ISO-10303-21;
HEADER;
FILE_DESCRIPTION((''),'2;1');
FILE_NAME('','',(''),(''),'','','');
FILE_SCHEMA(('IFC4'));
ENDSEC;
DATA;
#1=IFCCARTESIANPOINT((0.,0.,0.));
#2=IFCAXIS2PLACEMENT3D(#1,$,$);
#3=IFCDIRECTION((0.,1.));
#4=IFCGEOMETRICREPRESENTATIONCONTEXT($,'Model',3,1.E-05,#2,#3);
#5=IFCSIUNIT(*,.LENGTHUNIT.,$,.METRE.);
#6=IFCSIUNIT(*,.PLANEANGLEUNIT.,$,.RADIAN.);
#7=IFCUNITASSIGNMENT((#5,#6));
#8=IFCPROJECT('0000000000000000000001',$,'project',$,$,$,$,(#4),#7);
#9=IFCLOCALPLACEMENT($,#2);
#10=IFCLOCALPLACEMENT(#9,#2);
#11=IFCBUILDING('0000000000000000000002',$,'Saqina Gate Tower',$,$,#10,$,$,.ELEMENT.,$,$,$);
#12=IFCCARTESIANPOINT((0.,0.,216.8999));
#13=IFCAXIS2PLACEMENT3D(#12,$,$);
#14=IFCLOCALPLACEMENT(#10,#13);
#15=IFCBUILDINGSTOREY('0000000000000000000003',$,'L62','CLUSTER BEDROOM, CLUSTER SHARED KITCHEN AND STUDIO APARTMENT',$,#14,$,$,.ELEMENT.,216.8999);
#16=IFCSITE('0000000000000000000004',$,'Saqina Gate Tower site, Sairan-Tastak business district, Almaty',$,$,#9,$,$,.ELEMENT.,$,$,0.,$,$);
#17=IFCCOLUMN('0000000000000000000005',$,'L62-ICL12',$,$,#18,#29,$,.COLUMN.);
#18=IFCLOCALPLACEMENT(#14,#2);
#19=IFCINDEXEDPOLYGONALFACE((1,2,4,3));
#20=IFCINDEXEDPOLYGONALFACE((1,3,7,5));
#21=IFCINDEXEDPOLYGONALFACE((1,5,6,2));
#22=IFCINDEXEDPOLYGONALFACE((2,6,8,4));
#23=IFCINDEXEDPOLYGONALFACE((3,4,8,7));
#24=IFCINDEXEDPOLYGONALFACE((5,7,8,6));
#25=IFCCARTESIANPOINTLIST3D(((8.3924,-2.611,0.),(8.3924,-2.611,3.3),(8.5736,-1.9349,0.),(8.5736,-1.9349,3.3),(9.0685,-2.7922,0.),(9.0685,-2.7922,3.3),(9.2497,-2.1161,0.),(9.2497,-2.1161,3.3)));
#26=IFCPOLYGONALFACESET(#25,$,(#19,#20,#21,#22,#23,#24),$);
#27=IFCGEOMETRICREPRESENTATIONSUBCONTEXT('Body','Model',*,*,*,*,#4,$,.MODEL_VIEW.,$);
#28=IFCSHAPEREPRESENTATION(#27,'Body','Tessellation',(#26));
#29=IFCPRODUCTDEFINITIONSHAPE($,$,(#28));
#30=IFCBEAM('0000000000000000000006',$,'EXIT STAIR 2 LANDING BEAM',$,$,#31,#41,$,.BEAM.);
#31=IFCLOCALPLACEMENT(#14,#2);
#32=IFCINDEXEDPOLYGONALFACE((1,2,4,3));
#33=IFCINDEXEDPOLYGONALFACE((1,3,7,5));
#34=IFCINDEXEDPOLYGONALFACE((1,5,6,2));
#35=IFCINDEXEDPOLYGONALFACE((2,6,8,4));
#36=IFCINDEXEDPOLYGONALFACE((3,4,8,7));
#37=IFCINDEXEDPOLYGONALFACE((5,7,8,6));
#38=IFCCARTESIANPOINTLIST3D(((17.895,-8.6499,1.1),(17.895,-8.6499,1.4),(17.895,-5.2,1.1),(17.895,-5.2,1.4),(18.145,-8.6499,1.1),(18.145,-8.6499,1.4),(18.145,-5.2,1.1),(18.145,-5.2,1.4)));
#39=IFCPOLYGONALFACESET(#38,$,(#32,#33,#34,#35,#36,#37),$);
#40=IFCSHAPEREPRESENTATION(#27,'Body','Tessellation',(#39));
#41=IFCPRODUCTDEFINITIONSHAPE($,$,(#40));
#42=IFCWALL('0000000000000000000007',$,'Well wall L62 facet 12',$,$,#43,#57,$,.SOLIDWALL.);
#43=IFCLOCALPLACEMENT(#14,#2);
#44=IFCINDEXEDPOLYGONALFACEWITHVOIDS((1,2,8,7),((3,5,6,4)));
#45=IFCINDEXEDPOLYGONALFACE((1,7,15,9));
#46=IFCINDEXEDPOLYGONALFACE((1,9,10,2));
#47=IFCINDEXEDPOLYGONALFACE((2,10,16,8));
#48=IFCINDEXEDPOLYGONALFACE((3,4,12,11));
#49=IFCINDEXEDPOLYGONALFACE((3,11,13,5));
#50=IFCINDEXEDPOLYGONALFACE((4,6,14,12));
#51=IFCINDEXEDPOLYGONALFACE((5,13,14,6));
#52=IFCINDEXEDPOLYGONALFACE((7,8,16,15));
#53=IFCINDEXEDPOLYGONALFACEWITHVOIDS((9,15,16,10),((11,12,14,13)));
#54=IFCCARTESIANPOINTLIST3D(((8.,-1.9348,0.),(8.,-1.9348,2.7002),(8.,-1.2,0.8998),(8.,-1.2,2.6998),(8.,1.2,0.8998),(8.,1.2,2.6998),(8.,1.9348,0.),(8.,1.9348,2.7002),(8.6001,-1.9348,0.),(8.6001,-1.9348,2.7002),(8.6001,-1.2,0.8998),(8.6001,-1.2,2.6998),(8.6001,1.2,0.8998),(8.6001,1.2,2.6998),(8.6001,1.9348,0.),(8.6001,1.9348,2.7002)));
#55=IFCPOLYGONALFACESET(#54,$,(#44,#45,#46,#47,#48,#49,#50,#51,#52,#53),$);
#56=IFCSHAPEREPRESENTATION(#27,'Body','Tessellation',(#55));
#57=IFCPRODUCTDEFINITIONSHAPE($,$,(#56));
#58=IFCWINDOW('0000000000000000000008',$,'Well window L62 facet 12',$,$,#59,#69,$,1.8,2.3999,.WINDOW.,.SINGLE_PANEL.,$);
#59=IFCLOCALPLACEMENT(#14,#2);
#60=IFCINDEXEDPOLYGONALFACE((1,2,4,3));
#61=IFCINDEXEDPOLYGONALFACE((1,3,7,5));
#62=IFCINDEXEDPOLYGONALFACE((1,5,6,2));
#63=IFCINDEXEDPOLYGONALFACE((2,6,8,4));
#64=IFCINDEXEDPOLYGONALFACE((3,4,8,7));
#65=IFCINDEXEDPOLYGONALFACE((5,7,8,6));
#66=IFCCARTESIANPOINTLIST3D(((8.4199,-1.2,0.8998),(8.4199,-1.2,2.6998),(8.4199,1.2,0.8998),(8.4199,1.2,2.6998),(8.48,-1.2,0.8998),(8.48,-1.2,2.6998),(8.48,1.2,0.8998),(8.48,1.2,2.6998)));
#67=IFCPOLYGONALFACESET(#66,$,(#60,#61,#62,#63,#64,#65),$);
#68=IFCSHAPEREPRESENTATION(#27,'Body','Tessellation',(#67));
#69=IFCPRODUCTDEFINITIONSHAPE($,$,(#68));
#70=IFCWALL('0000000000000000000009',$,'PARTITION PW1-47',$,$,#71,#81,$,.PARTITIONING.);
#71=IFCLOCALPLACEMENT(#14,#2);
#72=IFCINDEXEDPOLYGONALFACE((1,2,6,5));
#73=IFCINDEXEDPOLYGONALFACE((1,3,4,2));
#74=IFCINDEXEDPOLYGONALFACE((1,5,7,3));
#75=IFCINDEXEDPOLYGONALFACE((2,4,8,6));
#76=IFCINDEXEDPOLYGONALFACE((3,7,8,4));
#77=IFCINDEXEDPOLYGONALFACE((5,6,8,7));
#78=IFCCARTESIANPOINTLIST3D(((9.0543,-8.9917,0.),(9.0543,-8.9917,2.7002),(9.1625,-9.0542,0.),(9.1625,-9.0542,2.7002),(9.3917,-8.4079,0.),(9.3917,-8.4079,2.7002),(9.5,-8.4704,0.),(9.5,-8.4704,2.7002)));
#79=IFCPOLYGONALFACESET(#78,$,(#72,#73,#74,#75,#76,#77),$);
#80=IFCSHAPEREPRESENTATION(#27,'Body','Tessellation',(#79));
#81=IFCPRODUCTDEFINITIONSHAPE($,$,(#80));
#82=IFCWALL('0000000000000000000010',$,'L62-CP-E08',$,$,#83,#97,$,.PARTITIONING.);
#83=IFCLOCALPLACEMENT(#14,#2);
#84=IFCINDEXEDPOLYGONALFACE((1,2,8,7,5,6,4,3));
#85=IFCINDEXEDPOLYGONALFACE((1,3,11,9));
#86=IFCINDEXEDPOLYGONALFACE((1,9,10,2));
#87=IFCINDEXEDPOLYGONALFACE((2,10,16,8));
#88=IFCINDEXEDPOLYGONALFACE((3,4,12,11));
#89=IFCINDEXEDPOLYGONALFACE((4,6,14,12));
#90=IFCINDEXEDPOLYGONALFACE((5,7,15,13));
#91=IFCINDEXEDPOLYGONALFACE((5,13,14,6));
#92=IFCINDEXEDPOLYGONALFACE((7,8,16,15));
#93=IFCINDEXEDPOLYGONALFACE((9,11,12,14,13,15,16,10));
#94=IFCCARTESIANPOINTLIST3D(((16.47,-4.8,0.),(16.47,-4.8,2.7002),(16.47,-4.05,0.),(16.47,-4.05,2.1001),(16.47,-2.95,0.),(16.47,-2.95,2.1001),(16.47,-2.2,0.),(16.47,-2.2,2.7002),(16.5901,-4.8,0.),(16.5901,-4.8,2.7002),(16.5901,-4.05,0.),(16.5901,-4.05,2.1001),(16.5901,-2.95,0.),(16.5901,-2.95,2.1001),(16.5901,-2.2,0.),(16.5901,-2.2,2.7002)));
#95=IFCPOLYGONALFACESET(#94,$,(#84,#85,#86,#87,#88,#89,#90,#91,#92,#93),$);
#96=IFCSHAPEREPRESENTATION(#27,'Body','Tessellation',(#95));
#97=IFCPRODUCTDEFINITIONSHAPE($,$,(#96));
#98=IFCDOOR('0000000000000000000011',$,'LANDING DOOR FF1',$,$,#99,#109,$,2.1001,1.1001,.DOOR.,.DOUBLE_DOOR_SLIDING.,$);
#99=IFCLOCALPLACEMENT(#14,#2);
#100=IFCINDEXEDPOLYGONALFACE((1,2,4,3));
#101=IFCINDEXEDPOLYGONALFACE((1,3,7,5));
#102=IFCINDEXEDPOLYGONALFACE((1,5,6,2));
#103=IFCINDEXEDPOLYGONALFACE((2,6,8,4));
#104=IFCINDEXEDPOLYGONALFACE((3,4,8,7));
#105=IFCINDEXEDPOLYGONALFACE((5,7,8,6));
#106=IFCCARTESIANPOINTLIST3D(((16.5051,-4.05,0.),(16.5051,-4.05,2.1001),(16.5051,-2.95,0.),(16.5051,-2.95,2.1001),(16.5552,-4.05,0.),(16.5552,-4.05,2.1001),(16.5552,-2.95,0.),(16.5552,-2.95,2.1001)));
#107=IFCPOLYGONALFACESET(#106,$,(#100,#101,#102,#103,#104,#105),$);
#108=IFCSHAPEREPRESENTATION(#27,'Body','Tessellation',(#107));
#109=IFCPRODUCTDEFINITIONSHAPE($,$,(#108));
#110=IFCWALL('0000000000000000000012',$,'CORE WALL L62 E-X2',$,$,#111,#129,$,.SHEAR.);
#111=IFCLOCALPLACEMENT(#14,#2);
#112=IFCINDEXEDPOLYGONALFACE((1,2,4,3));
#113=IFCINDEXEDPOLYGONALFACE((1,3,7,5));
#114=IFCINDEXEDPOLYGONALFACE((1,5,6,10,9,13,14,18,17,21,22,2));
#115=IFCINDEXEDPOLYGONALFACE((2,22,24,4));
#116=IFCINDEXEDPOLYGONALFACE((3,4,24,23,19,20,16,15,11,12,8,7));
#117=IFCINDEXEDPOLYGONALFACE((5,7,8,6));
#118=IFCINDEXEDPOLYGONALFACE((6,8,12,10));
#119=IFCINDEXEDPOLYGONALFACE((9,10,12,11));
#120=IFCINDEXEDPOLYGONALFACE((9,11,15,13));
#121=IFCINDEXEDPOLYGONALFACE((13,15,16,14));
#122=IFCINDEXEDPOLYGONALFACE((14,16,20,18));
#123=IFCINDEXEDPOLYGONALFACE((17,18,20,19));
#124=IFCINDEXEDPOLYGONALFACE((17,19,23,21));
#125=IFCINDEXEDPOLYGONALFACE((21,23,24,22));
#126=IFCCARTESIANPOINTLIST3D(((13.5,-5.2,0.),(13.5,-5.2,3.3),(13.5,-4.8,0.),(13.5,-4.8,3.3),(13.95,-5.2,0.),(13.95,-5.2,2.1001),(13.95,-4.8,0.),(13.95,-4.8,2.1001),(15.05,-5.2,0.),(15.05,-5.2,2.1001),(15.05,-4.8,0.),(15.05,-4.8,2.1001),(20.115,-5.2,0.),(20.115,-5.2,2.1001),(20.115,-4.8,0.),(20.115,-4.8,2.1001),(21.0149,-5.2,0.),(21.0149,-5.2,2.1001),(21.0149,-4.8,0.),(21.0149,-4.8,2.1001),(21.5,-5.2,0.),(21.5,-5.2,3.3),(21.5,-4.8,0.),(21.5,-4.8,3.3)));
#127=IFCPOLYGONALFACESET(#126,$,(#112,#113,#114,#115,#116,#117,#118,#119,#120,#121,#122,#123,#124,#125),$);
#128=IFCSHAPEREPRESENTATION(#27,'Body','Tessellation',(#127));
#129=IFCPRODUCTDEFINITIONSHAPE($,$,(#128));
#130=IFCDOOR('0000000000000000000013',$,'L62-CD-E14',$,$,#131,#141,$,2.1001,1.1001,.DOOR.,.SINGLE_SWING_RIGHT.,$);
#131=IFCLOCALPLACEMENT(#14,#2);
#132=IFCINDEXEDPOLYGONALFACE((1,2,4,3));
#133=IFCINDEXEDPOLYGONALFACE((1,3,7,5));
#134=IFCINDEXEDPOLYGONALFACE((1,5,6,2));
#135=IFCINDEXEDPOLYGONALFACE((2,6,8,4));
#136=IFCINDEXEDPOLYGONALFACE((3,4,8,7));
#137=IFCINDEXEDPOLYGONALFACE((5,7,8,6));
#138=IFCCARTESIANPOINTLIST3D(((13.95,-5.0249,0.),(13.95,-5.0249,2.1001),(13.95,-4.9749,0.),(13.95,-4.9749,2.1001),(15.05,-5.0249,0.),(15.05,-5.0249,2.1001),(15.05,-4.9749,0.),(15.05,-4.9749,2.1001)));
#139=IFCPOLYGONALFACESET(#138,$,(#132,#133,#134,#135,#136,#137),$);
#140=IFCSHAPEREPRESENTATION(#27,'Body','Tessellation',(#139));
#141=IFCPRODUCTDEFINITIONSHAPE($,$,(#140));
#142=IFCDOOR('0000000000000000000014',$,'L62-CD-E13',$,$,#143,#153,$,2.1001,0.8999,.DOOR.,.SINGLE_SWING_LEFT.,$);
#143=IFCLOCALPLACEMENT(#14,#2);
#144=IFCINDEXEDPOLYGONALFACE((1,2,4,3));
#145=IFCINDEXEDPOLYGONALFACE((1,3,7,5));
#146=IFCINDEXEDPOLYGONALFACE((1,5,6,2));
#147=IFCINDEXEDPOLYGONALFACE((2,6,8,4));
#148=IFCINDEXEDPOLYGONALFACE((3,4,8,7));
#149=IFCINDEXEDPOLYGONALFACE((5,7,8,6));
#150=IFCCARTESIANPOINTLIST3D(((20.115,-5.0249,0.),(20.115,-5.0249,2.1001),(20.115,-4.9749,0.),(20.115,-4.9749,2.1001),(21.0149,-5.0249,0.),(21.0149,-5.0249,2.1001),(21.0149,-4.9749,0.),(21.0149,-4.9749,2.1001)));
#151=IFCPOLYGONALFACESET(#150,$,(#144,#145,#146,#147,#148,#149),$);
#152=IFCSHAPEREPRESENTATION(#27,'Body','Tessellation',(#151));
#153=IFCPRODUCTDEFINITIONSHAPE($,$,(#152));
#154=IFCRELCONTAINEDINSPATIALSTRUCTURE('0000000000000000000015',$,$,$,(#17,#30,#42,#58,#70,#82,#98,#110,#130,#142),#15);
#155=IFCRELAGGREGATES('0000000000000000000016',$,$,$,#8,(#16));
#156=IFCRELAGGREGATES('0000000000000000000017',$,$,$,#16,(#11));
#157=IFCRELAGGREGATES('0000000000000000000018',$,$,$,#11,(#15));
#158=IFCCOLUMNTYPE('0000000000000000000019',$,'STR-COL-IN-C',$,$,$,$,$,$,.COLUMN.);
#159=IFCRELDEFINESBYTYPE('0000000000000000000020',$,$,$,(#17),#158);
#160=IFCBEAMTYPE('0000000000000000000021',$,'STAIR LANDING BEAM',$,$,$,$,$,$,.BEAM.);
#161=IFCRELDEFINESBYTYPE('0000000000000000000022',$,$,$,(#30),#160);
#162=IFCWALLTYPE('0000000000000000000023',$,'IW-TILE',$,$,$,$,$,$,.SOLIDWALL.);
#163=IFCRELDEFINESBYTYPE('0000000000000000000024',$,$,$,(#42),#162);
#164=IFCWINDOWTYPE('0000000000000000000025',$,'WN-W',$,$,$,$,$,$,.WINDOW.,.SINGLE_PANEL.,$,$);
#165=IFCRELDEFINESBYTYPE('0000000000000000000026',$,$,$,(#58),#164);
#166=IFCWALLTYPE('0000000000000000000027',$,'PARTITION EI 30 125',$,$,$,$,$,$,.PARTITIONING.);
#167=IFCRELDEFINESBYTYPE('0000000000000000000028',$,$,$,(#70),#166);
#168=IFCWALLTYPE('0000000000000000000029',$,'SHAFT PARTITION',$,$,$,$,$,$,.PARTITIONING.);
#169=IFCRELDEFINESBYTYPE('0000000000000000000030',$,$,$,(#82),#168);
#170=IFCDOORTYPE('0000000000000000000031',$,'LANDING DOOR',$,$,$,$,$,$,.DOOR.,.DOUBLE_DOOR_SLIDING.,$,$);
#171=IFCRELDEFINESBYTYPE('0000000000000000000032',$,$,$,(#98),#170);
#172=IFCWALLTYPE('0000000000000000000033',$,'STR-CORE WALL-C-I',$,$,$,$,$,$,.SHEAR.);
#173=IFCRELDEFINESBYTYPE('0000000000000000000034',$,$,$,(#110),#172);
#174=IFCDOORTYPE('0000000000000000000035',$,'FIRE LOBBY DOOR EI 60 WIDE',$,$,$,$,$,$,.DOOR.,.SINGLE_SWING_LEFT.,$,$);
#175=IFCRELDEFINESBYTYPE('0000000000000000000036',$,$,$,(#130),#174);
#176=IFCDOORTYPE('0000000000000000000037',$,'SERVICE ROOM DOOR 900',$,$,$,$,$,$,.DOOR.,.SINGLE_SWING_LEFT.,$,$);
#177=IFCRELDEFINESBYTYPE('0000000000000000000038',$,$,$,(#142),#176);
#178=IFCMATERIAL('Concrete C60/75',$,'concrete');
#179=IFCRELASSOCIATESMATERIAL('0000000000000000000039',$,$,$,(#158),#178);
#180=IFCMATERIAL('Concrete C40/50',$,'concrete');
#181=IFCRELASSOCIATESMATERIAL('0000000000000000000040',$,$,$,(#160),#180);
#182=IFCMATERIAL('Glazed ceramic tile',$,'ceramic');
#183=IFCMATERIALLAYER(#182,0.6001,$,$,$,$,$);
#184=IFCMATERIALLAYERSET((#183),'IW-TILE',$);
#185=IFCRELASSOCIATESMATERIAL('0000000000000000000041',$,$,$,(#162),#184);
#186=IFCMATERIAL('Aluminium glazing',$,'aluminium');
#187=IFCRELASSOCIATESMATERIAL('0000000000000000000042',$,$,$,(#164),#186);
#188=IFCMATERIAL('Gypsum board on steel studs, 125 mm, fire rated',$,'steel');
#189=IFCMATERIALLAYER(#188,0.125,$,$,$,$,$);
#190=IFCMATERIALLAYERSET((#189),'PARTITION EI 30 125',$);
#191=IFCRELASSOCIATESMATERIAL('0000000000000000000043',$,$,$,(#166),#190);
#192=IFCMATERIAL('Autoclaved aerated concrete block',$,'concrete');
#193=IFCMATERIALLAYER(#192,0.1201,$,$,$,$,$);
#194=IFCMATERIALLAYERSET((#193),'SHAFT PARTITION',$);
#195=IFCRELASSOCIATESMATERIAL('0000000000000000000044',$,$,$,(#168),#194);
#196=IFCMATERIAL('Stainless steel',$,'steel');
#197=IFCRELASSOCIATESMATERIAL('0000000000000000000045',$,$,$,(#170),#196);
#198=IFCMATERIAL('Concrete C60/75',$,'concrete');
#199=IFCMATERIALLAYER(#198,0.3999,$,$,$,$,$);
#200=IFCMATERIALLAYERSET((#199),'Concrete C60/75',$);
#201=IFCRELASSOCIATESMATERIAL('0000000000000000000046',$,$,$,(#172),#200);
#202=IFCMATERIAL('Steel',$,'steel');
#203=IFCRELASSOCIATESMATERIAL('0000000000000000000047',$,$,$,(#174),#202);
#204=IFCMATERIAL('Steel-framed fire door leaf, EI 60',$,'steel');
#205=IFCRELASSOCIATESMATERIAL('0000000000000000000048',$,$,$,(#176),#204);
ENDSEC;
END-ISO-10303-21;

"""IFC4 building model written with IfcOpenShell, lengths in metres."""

from ifc_helpers import new_model, si_unit, direction, frame, frame_2d, origin, origin_2d, place, context, subcontext, project, spatial, rectangle, extrude, material, layer, layer_set, material_profile, profile_set, type_object, element, fill, save


model = new_model("IFC4")

# Units and contexts
model_context = context("Model", 3, precision=1e-05, world=origin(), true_north=direction((0.0, 1.0)))
body_context = subcontext(model_context, "Body", "Model", "MODEL_VIEW")
ifc_project = project(units=[si_unit("LENGTHUNIT", "METRE"), si_unit("PLANEANGLEUNIT", "RADIAN")], contexts=[model_context])

# Site, building, storey
site_placement = place(None, origin())
site = spatial("IfcSite", under=ifc_project, at=site_placement, Name="Saqina Gate Tower site, Sairan-Tastak business district, Almaty", CompositionType="ELEMENT", RefElevation=0.0)
building_placement = place(site_placement, origin())
building = spatial("IfcBuilding", under=site, at=building_placement, Name="Saqina Gate Tower", CompositionType="ELEMENT")
storey_placement = place(building_placement, frame((0.0, 0.0, 216.8999)))
storey = spatial("IfcBuildingStorey", under=building, at=storey_placement, Name="L62", Description="CLUSTER BEDROOM, CLUSTER SHARED KITCHEN AND STUDIO APARTMENT", CompositionType="ELEMENT", Elevation=216.8999)

# Column
ifc_material_1 = material(Name="Concrete C60/75", Category="concrete")
ifc_material_profile_1 = material_profile(ifc_material_1, rectangle(XDim=0.7, YDim=0.7, at=origin_2d()), Name="RC 700x700")
ifc_profile_set_1 = profile_set([ifc_material_profile_1], Name="Concrete C60/75")
column_type = type_object("IfcColumnType", Name="STR-COL-IN-C", PredefinedType="COLUMN", material=ifc_profile_set_1)
column_placement = place(storey_placement, frame((8.821, -2.3635, 0.0), z_axis=(0.0, 0.0, 1.0), x_axis=(0.965926, -0.258819, 0.0)))
element("IfcColumn", 1, at=column_placement, inside=storey, type_object=column_type, Name="L62-ICL12", PredefinedType="COLUMN", context=body_context, shape_type="SweptSolid", body=[
    extrude(rectangle(XDim=0.7, YDim=0.7, at=origin_2d()), origin(), (0.0, 0.0, 1.0), 3.3),
])

# Beam
ifc_material_2 = material(Name="Concrete C40/50", Category="concrete")
ifc_material_profile_2 = material_profile(ifc_material_2, rectangle(XDim=0.25, YDim=0.3, at=origin_2d()), Name="STAIR LANDING BEAM")
ifc_profile_set_2 = profile_set([ifc_material_profile_2], Name="Concrete C40/50")
beam_type = type_object("IfcBeamType", Name="STAIR LANDING BEAM", PredefinedType="BEAM", material=ifc_profile_set_2)
beam_placement = place(storey_placement, frame((18.02, -8.6499, 1.25), z_axis=(0.0, 1.0, 0.0), x_axis=(-1.0, 0.0, 0.0)))
element("IfcBeam", 2, at=beam_placement, inside=storey, type_object=beam_type, Name="EXIT STAIR 2 LANDING BEAM", PredefinedType="BEAM", context=body_context, shape_type="SweptSolid", body=[
    extrude(rectangle(XDim=0.25, YDim=0.3, at=origin_2d()), origin(), (0.0, 0.0, 1.0), 3.45),
])

# Wall, opening, window
ifc_material_3 = material(Name="Glazed ceramic tile", Category="ceramic")
ifc_layer_1 = layer(ifc_material_3, 0.6001)
ifc_layer_set_1 = layer_set([ifc_layer_1], Name="IW-TILE")
wall_type_1 = type_object("IfcWallType", Name="IW-TILE", PredefinedType="SOLIDWALL", material=ifc_layer_set_1)
wall_1_placement = place(storey_placement, frame((8.3, -1.9348, 0.0), z_axis=(0.0, 0.0, 1.0), x_axis=(0.0, 1.0, 0.0)))
wall_1 = element("IfcWall", 3, at=wall_1_placement, inside=storey, type_object=wall_type_1, Name="Well wall L62 facet 12", PredefinedType="SOLIDWALL", context=body_context, shape_type="SweptSolid", body=[
    extrude(rectangle(XDim=3.8696, YDim=0.6001, at=frame_2d((1.9348, 0.0))), origin(), (0.0, 0.0, 1.0), 2.7002),
])
opening_1_placement = place(wall_1_placement, frame((0.7349, 0.0, 0.8999)))
opening_1 = element("IfcOpeningElement", 4, at=opening_1_placement, cuts=wall_1, PredefinedType="OPENING", context=body_context, shape_type="SweptSolid", body=[
    extrude(rectangle(XDim=2.3999, YDim=1.8, at=frame_2d((1.2, 0.8999))), frame((0.0, 0.312, 0.0), z_axis=(0.0, -1.0, 0.0), x_axis=(1.0, 0.0, 0.0)), (0.0, 0.0, 1.0), 0.624),
])
ifc_material_4 = material(Name="Aluminium glazing", Category="aluminium")
window_type = type_object("IfcWindowType", Name="WN-W", PartitioningType="SINGLE_PANEL", PredefinedType="WINDOW", material=ifc_material_4)
window_placement = place(opening_1_placement, origin())
window = element("IfcWindow", 5, at=window_placement, inside=storey, type_object=window_type, Name="Well window L62 facet 12", OverallHeight=1.8, OverallWidth=2.3999, PartitioningType="SINGLE_PANEL", PredefinedType="WINDOW", context=body_context, shape_type="SweptSolid", body=[
    extrude(rectangle(XDim=2.3999, YDim=1.8, at=frame_2d((1.2, 0.8999))), frame((0.0, -0.1199, 0.0), z_axis=(0.0, -1.0, 0.0), x_axis=(1.0, 0.0, 0.0)), (0.0, 0.0, 1.0), 0.0601),
])
fill(opening_1, window)

# Wall
ifc_material_5 = material(Name="Gypsum board on steel studs, 125 mm, fire rated", Category="steel")
ifc_layer_2 = layer(ifc_material_5, 0.125)
ifc_layer_set_2 = layer_set([ifc_layer_2], Name="PARTITION EI 30 125")
wall_type_2 = type_object("IfcWallType", Name="PARTITION EI 30 125", PredefinedType="PARTITIONING", material=ifc_layer_set_2)
wall_2_placement = place(storey_placement, frame((9.1084, -9.0229, 0.0), z_axis=(0.0, 0.0, 1.0), x_axis=(0.500422, 0.865781, 0.0)))
element("IfcWall", 6, at=wall_2_placement, inside=storey, type_object=wall_type_2, Name="PARTITION PW1-47", PredefinedType="PARTITIONING", context=body_context, shape_type="SweptSolid", body=[
    extrude(rectangle(XDim=0.6743, YDim=0.125, at=frame_2d((0.3372, 0.0))), origin(), (0.0, 0.0, 1.0), 2.7002),
])

# Wall, opening, door
ifc_material_6 = material(Name="Autoclaved aerated concrete block", Category="concrete")
ifc_layer_3 = layer(ifc_material_6, 0.1201)
ifc_layer_set_3 = layer_set([ifc_layer_3], Name="SHAFT PARTITION")
wall_type_3 = type_object("IfcWallType", Name="SHAFT PARTITION", PredefinedType="PARTITIONING", material=ifc_layer_set_3)
wall_3_placement = place(storey_placement, frame((16.53, -4.8, 0.0), z_axis=(0.0, 0.0, 1.0), x_axis=(0.0, 1.0, 0.0)))
wall_3 = element("IfcWall", 7, at=wall_3_placement, inside=storey, type_object=wall_type_3, Name="L62-CP-E08", PredefinedType="PARTITIONING", context=body_context, shape_type="SweptSolid", body=[
    extrude(rectangle(XDim=2.6001, YDim=0.1201, at=frame_2d((1.3, 0.0))), origin(), (0.0, 0.0, 1.0), 2.7002),
])
opening_2_placement = place(wall_3_placement, frame((0.75, 0.0, 0.0)))
opening_2 = element("IfcOpeningElement", 8, at=opening_2_placement, cuts=wall_3, PredefinedType="OPENING", context=body_context, shape_type="SweptSolid", body=[
    extrude(rectangle(XDim=1.1001, YDim=2.1001, at=frame_2d((0.55, 1.05))), frame((0.0, 0.072, 0.0), z_axis=(0.0, -1.0, 0.0), x_axis=(1.0, 0.0, 0.0)), (0.0, 0.0, 1.0), 0.144),
])
ifc_material_7 = material(Name="Stainless steel", Category="steel")
door_type_1 = type_object("IfcDoorType", Name="LANDING DOOR", OperationType="DOUBLE_DOOR_SLIDING", PredefinedType="DOOR", material=ifc_material_7)
door_1_placement = place(opening_2_placement, origin())
door_1 = element("IfcDoor", 9, at=door_1_placement, inside=storey, type_object=door_type_1, Name="LANDING DOOR FF1", OperationType="DOUBLE_DOOR_SLIDING", OverallHeight=2.1001, OverallWidth=1.1001, PredefinedType="DOOR", context=body_context, shape_type="SweptSolid", body=[
    extrude(rectangle(XDim=1.1001, YDim=2.1001, at=frame_2d((0.55, 1.05))), frame((0.0, 0.0249, 0.0), z_axis=(0.0, -1.0, 0.0), x_axis=(1.0, 0.0, 0.0)), (0.0, 0.0, 1.0), 0.05),
])
fill(opening_2, door_1)

# Wall, openings, doors
ifc_material_8 = material(Name="Concrete C60/75", Category="concrete")
ifc_layer_4 = layer(ifc_material_8, 0.3999)
ifc_layer_set_4 = layer_set([ifc_layer_4], Name="Concrete C60/75")
wall_type_4 = type_object("IfcWallType", Name="STR-CORE WALL-C-I", PredefinedType="SHEAR", material=ifc_layer_set_4)
wall_4_placement = place(storey_placement, frame((13.5, -5.0, 0.0), z_axis=(0.0, 0.0, 1.0), x_axis=(1.0, 0.0, 0.0)))
wall_4 = element("IfcWall", 10, at=wall_4_placement, inside=storey, type_object=wall_type_4, Name="CORE WALL L62 E-X2", PredefinedType="SHEAR", context=body_context, shape_type="SweptSolid", body=[
    extrude(rectangle(XDim=8.0, YDim=0.3999, at=frame_2d((4.0, 0.0))), origin(), (0.0, 0.0, 1.0), 3.3),
])
opening_3_placement = place(wall_4_placement, frame((6.615, 0.0, 0.0)))
opening_3 = element("IfcOpeningElement", 11, at=opening_3_placement, cuts=wall_4, PredefinedType="OPENING", context=body_context, shape_type="SweptSolid", body=[
    extrude(rectangle(XDim=0.8999, YDim=2.1001, at=frame_2d((0.45, 1.05))), frame((0.0, 0.2119, 0.0), z_axis=(0.0, -1.0, 0.0), x_axis=(1.0, 0.0, 0.0)), (0.0, 0.0, 1.0), 0.4238),
])
opening_4_placement = place(wall_4_placement, frame((0.45, 0.0, 0.0)))
opening_4 = element("IfcOpeningElement", 12, at=opening_4_placement, cuts=wall_4, PredefinedType="OPENING", context=body_context, shape_type="SweptSolid", body=[
    extrude(rectangle(XDim=1.1001, YDim=2.1001, at=frame_2d((0.55, 1.05))), frame((0.0, 0.2119, 0.0), z_axis=(0.0, -1.0, 0.0), x_axis=(1.0, 0.0, 0.0)), (0.0, 0.0, 1.0), 0.4238),
])
ifc_material_9 = material(Name="Steel", Category="steel")
door_type_2 = type_object("IfcDoorType", Name="FIRE LOBBY DOOR EI 60 WIDE", OperationType="SINGLE_SWING_LEFT", PredefinedType="DOOR", material=ifc_material_9)
door_2_placement = place(opening_4_placement, frame((1.1001, 0.0, 0.0), z_axis=(0.0, 0.0, 1.0), x_axis=(-1.0, 0.0, 0.0)))
door_2 = element("IfcDoor", 13, at=door_2_placement, inside=storey, type_object=door_type_2, Name="L62-CD-E14", OperationType="SINGLE_SWING_RIGHT", OverallHeight=2.1001, OverallWidth=1.1001, PredefinedType="DOOR", context=body_context, shape_type="SweptSolid", body=[
    extrude(rectangle(XDim=1.1001, YDim=2.1001, at=frame_2d((0.55, 1.05))), frame((0.0, 0.0249, 0.0), z_axis=(0.0, -1.0, 0.0), x_axis=(1.0, 0.0, 0.0)), (0.0, 0.0, 1.0), 0.05),
])
fill(opening_4, door_2)
ifc_material_10 = material(Name="Steel-framed fire door leaf, EI 60", Category="steel")
door_type_3 = type_object("IfcDoorType", Name="SERVICE ROOM DOOR 900", OperationType="SINGLE_SWING_LEFT", PredefinedType="DOOR", material=ifc_material_10)
door_3_placement = place(opening_3_placement, frame((0.8999, 0.0, 0.0), z_axis=(0.0, 0.0, 1.0), x_axis=(-1.0, 0.0, 0.0)))
door_3 = element("IfcDoor", 14, at=door_3_placement, inside=storey, type_object=door_type_3, Name="L62-CD-E13", OperationType="SINGLE_SWING_LEFT", OverallHeight=2.1001, OverallWidth=0.8999, PredefinedType="DOOR", context=body_context, shape_type="SweptSolid", body=[
    extrude(rectangle(XDim=0.8999, YDim=2.1001, at=frame_2d((0.45, 1.05))), frame((0.0, 0.0249, 0.0), z_axis=(0.0, -1.0, 0.0), x_axis=(1.0, 0.0, 0.0)), (0.0, 0.0, 1.0), 0.05),
])
fill(opening_3, door_3)

save(model, "model.ifc")
